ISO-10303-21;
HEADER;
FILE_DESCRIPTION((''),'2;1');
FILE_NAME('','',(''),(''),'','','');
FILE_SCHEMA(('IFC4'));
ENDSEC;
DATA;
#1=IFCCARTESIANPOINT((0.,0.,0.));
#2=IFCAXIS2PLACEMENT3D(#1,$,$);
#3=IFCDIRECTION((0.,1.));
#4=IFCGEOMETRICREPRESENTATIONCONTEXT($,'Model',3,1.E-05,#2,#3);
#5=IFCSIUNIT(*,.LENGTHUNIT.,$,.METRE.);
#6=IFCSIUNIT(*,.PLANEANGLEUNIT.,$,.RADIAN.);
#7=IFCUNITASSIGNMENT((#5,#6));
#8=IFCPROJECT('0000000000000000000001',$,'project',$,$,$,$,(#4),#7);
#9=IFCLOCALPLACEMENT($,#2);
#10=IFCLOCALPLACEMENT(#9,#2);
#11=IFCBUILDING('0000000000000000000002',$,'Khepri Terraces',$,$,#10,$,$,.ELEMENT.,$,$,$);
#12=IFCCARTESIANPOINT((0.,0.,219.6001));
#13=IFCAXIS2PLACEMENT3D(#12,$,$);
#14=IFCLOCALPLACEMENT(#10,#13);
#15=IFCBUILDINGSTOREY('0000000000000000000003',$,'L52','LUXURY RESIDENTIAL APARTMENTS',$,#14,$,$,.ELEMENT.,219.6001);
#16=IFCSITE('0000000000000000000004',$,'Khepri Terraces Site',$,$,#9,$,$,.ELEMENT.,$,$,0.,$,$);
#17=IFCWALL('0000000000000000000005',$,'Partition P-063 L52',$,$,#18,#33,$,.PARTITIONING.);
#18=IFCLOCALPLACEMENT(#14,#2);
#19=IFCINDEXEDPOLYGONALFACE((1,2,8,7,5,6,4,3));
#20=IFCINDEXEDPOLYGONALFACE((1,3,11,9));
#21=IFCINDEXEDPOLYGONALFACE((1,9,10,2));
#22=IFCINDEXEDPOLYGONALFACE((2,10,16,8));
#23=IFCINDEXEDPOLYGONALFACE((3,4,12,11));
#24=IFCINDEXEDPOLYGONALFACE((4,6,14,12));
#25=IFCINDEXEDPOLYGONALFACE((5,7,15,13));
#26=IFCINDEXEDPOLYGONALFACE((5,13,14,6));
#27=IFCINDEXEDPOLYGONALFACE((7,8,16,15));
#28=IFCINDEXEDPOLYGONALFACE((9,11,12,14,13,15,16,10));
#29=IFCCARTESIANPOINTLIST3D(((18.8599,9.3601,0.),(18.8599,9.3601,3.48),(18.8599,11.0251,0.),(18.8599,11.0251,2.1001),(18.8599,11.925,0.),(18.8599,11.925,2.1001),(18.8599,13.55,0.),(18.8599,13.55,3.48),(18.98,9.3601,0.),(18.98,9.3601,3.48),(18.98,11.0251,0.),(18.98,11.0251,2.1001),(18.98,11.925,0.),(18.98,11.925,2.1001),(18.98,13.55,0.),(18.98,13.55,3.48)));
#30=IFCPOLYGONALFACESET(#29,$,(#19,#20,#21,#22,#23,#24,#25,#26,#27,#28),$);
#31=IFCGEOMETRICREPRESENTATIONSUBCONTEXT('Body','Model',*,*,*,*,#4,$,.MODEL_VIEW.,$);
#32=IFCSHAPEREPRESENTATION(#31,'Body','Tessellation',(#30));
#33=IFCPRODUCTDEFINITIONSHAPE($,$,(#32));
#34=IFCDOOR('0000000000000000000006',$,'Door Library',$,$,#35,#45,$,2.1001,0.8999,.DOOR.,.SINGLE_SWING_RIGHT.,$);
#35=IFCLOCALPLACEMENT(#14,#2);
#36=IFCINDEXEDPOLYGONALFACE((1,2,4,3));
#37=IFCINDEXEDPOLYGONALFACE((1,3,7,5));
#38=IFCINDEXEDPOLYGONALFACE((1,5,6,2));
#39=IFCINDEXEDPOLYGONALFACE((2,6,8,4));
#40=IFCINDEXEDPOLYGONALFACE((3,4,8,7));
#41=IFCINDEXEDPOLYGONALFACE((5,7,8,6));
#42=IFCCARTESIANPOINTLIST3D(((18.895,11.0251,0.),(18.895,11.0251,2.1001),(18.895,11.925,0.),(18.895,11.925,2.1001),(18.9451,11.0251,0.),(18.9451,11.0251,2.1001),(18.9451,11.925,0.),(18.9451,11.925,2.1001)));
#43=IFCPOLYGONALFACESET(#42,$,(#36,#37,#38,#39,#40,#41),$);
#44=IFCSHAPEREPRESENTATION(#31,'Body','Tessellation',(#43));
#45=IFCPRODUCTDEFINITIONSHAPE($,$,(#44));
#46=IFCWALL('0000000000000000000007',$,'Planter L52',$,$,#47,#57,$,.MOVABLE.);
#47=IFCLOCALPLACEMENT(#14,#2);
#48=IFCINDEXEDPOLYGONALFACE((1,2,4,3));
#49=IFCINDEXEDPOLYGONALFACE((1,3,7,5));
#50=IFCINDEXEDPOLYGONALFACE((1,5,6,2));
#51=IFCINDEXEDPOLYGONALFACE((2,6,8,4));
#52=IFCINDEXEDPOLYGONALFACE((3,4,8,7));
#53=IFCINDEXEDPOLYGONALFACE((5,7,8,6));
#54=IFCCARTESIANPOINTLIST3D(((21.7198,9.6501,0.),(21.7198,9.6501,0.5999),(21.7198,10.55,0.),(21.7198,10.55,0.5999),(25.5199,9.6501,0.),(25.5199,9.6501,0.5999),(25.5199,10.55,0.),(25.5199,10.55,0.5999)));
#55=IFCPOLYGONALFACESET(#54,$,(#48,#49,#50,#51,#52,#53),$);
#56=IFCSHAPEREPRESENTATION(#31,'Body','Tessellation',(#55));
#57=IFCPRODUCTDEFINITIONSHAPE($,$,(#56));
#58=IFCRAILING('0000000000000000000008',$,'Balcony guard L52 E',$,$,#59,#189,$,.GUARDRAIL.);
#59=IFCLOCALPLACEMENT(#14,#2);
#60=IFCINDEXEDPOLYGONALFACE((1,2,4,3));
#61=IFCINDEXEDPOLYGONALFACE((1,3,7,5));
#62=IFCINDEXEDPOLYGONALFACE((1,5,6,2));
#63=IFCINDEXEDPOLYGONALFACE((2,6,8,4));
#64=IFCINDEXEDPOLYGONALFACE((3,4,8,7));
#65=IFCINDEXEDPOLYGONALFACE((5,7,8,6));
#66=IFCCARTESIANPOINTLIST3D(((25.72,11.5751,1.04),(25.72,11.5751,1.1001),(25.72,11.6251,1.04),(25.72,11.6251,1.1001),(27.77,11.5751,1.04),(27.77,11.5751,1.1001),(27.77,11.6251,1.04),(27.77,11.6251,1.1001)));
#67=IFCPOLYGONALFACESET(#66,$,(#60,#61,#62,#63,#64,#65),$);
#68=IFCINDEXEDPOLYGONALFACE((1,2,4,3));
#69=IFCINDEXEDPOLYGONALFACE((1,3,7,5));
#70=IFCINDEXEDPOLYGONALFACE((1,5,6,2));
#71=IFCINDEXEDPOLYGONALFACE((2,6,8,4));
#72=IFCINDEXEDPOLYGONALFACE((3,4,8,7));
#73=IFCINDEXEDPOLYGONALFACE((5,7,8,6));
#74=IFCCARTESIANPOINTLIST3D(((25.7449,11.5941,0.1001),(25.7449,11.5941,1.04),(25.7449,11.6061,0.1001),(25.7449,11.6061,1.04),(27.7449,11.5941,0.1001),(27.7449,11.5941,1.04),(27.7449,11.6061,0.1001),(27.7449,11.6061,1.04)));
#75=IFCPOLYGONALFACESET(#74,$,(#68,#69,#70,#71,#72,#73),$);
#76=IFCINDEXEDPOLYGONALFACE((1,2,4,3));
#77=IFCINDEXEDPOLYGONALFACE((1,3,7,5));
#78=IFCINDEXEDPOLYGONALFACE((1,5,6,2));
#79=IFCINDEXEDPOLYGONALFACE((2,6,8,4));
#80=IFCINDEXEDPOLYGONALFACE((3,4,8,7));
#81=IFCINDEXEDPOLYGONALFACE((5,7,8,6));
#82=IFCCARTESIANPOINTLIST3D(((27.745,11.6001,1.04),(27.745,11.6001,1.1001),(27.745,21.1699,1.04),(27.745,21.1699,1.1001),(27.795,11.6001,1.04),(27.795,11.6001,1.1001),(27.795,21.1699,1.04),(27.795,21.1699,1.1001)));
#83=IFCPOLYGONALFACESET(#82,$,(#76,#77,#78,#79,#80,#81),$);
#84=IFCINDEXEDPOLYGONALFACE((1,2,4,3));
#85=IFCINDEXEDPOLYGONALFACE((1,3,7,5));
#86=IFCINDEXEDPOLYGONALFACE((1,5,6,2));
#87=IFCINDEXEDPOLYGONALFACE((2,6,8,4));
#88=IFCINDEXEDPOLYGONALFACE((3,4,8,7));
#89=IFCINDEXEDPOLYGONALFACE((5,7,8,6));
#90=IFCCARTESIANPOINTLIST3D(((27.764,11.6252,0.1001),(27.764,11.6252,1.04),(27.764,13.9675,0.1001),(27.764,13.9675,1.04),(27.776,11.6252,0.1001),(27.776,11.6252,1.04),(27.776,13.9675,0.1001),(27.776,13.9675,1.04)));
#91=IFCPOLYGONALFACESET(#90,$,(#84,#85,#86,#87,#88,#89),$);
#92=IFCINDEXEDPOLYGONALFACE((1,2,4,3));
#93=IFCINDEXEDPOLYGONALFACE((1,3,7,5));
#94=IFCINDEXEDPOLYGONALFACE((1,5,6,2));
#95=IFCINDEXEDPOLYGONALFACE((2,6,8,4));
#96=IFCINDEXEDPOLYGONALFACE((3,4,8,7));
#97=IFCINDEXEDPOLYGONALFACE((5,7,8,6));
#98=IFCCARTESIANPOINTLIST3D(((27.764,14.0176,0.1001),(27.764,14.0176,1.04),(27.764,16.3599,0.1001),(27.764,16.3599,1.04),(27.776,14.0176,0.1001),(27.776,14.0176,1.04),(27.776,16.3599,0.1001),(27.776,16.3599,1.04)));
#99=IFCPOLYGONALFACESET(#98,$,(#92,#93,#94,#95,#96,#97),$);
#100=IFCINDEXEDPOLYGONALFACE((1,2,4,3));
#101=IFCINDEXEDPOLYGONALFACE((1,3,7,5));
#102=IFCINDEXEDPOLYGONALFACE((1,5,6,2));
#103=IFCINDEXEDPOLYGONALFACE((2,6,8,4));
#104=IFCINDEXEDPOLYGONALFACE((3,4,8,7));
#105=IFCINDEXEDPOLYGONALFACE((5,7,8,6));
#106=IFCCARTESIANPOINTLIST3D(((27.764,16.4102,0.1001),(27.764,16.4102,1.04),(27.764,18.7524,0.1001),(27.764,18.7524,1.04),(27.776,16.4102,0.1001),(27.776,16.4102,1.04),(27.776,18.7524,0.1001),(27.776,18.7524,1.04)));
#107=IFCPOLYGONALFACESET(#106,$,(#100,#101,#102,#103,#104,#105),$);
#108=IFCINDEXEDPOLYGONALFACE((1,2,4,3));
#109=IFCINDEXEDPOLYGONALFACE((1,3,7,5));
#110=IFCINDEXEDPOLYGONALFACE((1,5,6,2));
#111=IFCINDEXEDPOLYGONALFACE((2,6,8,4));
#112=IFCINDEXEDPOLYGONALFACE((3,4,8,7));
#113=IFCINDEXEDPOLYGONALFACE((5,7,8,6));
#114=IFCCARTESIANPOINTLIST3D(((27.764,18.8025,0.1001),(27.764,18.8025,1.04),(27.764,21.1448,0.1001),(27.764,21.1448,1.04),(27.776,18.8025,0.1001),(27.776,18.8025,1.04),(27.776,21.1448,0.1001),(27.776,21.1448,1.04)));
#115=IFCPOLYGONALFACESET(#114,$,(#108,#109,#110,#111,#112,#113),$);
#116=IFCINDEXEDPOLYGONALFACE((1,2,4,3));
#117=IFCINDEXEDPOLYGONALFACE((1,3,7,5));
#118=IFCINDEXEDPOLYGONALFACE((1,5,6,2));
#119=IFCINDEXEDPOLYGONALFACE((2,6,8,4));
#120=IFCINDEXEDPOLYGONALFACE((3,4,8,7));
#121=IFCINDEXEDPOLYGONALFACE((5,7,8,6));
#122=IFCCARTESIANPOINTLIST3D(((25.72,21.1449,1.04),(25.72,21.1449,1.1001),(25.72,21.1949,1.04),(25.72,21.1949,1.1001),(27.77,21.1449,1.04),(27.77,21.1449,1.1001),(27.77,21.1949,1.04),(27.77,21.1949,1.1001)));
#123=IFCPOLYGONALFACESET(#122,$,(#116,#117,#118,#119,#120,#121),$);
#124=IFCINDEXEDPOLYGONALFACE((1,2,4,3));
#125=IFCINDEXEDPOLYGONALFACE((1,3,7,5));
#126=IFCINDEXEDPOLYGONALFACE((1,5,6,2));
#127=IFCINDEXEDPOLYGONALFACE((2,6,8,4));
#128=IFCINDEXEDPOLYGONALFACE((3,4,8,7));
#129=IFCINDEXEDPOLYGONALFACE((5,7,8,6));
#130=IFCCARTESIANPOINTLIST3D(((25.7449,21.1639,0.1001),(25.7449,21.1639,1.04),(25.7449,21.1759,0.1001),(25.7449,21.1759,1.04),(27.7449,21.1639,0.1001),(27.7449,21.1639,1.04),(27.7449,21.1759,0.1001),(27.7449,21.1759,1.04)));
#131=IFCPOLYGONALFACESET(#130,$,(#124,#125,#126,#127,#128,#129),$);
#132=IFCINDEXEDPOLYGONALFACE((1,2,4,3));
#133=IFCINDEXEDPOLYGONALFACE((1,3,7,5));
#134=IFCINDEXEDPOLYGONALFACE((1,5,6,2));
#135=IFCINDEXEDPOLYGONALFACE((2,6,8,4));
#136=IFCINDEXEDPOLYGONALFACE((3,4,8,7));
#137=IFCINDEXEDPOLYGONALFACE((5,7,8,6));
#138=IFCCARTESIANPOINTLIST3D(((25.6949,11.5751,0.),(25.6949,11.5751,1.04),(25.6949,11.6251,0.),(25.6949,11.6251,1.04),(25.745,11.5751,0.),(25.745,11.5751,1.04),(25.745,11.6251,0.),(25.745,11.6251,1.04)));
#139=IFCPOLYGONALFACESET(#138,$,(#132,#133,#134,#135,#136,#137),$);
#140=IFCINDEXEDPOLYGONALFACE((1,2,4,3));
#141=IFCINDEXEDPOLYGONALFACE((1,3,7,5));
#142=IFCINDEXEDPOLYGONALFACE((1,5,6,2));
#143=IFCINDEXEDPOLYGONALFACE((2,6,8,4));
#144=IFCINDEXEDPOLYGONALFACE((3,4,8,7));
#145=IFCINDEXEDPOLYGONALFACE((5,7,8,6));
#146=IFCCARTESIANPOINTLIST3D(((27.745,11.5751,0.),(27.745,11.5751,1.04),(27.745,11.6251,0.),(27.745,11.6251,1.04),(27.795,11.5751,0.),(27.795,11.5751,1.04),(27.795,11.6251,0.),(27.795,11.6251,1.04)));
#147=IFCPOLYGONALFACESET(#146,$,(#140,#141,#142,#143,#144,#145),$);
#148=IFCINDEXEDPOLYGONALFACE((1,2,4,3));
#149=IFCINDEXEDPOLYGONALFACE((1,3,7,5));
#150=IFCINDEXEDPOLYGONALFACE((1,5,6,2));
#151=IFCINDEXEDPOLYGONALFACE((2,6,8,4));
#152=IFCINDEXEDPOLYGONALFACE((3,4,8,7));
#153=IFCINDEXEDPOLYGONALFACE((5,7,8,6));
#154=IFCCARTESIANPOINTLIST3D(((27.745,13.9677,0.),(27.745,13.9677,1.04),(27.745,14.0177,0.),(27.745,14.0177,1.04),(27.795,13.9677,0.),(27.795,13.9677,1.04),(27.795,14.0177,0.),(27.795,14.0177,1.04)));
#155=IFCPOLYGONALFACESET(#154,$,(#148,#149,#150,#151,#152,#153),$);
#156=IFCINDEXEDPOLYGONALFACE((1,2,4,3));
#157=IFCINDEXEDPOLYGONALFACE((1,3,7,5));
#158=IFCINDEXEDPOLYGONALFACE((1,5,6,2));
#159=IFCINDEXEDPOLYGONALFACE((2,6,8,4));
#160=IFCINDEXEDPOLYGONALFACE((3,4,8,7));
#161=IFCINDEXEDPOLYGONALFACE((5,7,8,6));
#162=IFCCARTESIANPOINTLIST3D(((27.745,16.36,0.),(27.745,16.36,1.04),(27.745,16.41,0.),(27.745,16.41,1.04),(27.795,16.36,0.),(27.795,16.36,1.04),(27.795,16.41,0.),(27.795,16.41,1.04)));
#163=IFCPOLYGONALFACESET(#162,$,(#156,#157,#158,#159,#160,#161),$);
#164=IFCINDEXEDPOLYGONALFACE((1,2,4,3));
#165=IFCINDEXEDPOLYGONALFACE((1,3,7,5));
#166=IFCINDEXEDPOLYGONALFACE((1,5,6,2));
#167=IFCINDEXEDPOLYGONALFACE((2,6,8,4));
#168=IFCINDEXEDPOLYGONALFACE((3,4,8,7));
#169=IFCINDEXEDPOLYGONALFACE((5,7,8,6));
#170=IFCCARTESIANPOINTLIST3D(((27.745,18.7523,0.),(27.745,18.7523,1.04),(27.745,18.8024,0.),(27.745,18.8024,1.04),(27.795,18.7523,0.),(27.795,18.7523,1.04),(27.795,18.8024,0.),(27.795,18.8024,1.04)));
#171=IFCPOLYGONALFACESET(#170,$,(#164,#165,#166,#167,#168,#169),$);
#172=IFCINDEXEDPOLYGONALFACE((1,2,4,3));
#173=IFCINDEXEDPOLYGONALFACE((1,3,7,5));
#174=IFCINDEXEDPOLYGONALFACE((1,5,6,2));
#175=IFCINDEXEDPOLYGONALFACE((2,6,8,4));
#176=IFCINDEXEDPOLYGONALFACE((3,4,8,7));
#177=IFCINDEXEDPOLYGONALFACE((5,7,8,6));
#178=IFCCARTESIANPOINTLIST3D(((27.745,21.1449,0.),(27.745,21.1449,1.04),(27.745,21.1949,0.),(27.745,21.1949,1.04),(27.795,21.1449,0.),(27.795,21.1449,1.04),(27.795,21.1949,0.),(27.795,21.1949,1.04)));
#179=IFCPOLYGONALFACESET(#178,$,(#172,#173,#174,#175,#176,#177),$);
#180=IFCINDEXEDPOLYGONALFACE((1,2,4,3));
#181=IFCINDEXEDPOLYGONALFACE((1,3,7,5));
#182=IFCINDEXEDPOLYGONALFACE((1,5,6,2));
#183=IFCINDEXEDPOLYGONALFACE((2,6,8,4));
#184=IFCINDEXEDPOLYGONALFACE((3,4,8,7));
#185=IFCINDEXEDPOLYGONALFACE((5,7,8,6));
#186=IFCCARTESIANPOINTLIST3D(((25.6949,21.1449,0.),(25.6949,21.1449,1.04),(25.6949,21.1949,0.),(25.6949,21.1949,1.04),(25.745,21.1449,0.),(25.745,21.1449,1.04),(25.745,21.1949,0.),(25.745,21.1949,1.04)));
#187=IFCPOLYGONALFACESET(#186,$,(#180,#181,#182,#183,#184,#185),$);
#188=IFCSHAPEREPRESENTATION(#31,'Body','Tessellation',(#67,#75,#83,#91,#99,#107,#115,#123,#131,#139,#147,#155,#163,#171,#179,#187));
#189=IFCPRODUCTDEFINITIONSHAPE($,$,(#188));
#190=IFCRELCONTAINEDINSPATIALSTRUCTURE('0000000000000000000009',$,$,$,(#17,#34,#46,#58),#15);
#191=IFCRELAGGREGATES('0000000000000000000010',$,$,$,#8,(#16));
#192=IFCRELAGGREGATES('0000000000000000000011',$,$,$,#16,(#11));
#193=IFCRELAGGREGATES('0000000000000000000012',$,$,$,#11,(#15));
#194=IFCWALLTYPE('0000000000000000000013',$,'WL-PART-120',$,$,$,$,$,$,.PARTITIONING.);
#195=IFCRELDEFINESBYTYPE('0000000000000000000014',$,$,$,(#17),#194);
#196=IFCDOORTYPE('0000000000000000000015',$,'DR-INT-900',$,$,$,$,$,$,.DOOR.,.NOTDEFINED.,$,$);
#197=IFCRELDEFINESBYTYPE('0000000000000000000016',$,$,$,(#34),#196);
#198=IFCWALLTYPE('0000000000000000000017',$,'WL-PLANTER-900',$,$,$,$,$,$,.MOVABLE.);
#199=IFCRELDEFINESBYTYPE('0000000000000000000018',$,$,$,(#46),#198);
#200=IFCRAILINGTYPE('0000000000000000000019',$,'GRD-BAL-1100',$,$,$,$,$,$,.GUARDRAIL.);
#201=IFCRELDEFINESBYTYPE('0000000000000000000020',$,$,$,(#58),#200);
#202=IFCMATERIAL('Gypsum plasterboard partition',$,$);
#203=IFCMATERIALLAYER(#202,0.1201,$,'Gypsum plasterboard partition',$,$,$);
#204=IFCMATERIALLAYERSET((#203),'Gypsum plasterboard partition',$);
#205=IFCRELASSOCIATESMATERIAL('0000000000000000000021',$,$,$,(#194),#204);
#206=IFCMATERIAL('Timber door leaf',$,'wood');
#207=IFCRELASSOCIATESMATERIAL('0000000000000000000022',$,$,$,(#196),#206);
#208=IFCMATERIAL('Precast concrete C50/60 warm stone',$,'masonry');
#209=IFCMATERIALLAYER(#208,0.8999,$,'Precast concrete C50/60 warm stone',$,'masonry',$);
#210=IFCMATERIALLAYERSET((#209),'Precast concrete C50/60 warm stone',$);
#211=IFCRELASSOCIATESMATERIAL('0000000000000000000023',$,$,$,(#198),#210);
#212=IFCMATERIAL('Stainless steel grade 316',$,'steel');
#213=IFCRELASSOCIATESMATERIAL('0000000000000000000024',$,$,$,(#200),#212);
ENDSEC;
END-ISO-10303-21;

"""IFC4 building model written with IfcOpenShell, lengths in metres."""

from ifc_helpers import new_model, si_unit, direction, frame, frame_2d, origin, origin_2d, place, context, subcontext, project, spatial, rectangle, extrude, material, layer, layer_set, type_object, element, fill, save


model = new_model("IFC4")

# Units and contexts
model_context = context("Model", 3, precision=1e-05, world=origin(), true_north=direction((0.0, 1.0)))
body_context = subcontext(model_context, "Body", "Model", "MODEL_VIEW")
ifc_project = project(units=[si_unit("LENGTHUNIT", "METRE"), si_unit("PLANEANGLEUNIT", "RADIAN")], contexts=[model_context])

# Site, building, storey
site_placement = place(None, origin())
site = spatial("IfcSite", under=ifc_project, at=site_placement, Name="Khepri Terraces Site", CompositionType="ELEMENT", RefElevation=0.0)
building_placement = place(site_placement, origin())
building = spatial("IfcBuilding", under=site, at=building_placement, Name="Khepri Terraces", CompositionType="ELEMENT")
storey_placement = place(building_placement, frame((0.0, 0.0, 219.6001)))
storey = spatial("IfcBuildingStorey", under=building, at=storey_placement, Name="L52", Description="LUXURY RESIDENTIAL APARTMENTS", CompositionType="ELEMENT", Elevation=219.6001)

# Shared definitions
ifc_material_1 = material(Name="Precast concrete C50/60 warm stone", Category="masonry")

# Shared definitions
ifc_material_2 = material(Name="Gypsum plasterboard partition")
ifc_layer_1 = layer(ifc_material_2, 0.1201, Name="Gypsum plasterboard partition")
ifc_layer_set_1 = layer_set([ifc_layer_1], Name="Gypsum plasterboard partition")
wall_type_1 = type_object("IfcWallType", Name="WL-PART-120", PredefinedType="PARTITIONING", material=ifc_layer_set_1)

# Shared definitions
ifc_material_3 = material(Name="Timber door leaf", Category="wood")
door_type_1 = type_object("IfcDoorType", Name="DR-INT-900", OperationType="NOTDEFINED", PredefinedType="DOOR", material=ifc_material_3)

# Wall, opening, door
wall_1_placement = place(storey_placement, frame((18.9199, 9.3601, 0.0), z_axis=(0.0, 0.0, 1.0), x_axis=(0.0, 1.0, 0.0)))
wall_1 = element("IfcWall", 1, at=wall_1_placement, inside=storey, type_object=wall_type_1, Name="Partition P-063 L52", PredefinedType="PARTITIONING", context=body_context, shape_type="SweptSolid", body=[
    extrude(rectangle(XDim=4.1899, YDim=0.1201, at=frame_2d((2.095, 0.0))), origin(), (0.0, 0.0, 1.0), 3.48),
])
opening_1_placement = place(wall_1_placement, frame((1.665, 0.0, 0.0)))
opening_1 = element("IfcOpeningElement", 2, at=opening_1_placement, cuts=wall_1, PredefinedType="OPENING", context=body_context, shape_type="SweptSolid", body=[
    extrude(rectangle(XDim=0.8999, YDim=2.1001, at=frame_2d((0.45, 1.05))), frame((0.0, 0.0701, 0.0), z_axis=(0.0, -1.0, 0.0), x_axis=(1.0, 0.0, 0.0)), (0.0, 0.0, 1.0), 0.1401),
])
door_1_placement = place(opening_1_placement, origin())
door_1 = element("IfcDoor", 3, at=door_1_placement, inside=storey, type_object=door_type_1, Name="Door Library", OperationType="SINGLE_SWING_RIGHT", OverallHeight=2.1001, OverallWidth=0.8999, PredefinedType="DOOR", context=body_context, shape_type="SweptSolid", body=[
    extrude(rectangle(XDim=0.8999, YDim=2.1001, at=frame_2d((0.45, 1.05))), frame((0.0, 0.0249, 0.0), z_axis=(0.0, -1.0, 0.0), x_axis=(1.0, 0.0, 0.0)), (0.0, 0.0, 1.0), 0.05),
])
fill(opening_1, door_1)

# Wall
ifc_layer_2 = layer(ifc_material_1, 0.8999, Name="Precast concrete C50/60 warm stone", Category="masonry")
ifc_layer_set_2 = layer_set([ifc_layer_2], Name="Precast concrete C50/60 warm stone")
wall_type_2 = type_object("IfcWallType", Name="WL-PLANTER-900", PredefinedType="MOVABLE", material=ifc_layer_set_2)
wall_2_placement = place(storey_placement, frame((21.72, 10.1001, 0.0), z_axis=(0.0, 0.0, 1.0), x_axis=(1.0, 0.0, 0.0)))
element("IfcWall", 4, at=wall_2_placement, inside=storey, type_object=wall_type_2, Name="Planter L52", PredefinedType="MOVABLE", context=body_context, shape_type="SweptSolid", body=[
    extrude(rectangle(XDim=3.8, YDim=0.8999, at=frame_2d((1.8999, 0.0))), origin(), (0.0, 0.0, 1.0), 0.5999),
])

# Railing
ifc_material_4 = material(Name="Stainless steel grade 316", Category="steel")
railing_type_1 = type_object("IfcRailingType", Name="GRD-BAL-1100", PredefinedType="GUARDRAIL", material=ifc_material_4)
railing_1_placement = place(storey_placement, frame((25.72, 11.6001, 0.0)))
element("IfcRailing", 5, at=railing_1_placement, inside=storey, type_object=railing_type_1, Name="Balcony guard L52 E", PredefinedType="GUARDRAIL", context=body_context, shape_type="SweptSolid", body=[
    extrude(rectangle(XDim=0.05, YDim=0.0601, at=origin_2d()), frame((0.0, 0.0, 1.0701), z_axis=(1.0, 0.0, 0.0), x_axis=(0.0, 1.0, 0.0)), (0.0, 0.0, 1.0), 2.05),
    extrude(rectangle(XDim=2.0, YDim=0.012, at=origin_2d()), frame((1.0249, 0.0, 0.1001), z_axis=(0.0, 0.0, 1.0), x_axis=(1.0, 0.0, 0.0)), (0.0, 0.0, 1.0), 0.9399),
    extrude(rectangle(XDim=0.05, YDim=0.0601, at=origin_2d()), frame((2.05, 0.0, 1.0701), z_axis=(0.0, 1.0, 0.0), x_axis=(-1.0, 0.0, 0.0)), (0.0, 0.0, 1.0), 9.5698),
    extrude(rectangle(XDim=2.3423, YDim=0.012, at=origin_2d()), frame((2.05, 1.1963, 0.1001), z_axis=(0.0, 0.0, 1.0), x_axis=(0.0, 1.0, 0.0)), (0.0, 0.0, 1.0), 0.9399),
    extrude(rectangle(XDim=2.3423, YDim=0.012, at=origin_2d()), frame((2.05, 3.5886, 0.1001), z_axis=(0.0, 0.0, 1.0), x_axis=(0.0, 1.0, 0.0)), (0.0, 0.0, 1.0), 0.9399),
    extrude(rectangle(XDim=2.3423, YDim=0.012, at=origin_2d()), frame((2.05, 5.9812, 0.1001), z_axis=(0.0, 0.0, 1.0), x_axis=(0.0, 1.0, 0.0)), (0.0, 0.0, 1.0), 0.9399),
    extrude(rectangle(XDim=2.3423, YDim=0.012, at=origin_2d()), frame((2.05, 8.3735, 0.1001), z_axis=(0.0, 0.0, 1.0), x_axis=(0.0, 1.0, 0.0)), (0.0, 0.0, 1.0), 0.9399),
    extrude(rectangle(XDim=0.05, YDim=0.0601, at=origin_2d()), frame((2.05, 9.5698, 1.0701), z_axis=(-1.0, 0.0, 0.0), x_axis=(0.0, -1.0, 0.0)), (0.0, 0.0, 1.0), 2.05),
    extrude(rectangle(XDim=2.0, YDim=0.012, at=origin_2d()), frame((1.0249, 9.5698, 0.1001), z_axis=(0.0, 0.0, 1.0), x_axis=(-1.0, 0.0, 0.0)), (0.0, 0.0, 1.0), 0.9399),
    extrude(rectangle(XDim=0.05, YDim=0.05, at=origin_2d()), origin(), (0.0, 0.0, 1.0), 1.04),
    extrude(rectangle(XDim=0.05, YDim=0.05, at=origin_2d()), frame((2.05, 0.0, 0.0)), (0.0, 0.0, 1.0), 1.04),
    extrude(rectangle(XDim=0.05, YDim=0.05, at=origin_2d()), frame((2.05, 2.3926, 0.0)), (0.0, 0.0, 1.0), 1.04),
    extrude(rectangle(XDim=0.05, YDim=0.05, at=origin_2d()), frame((2.05, 4.7849, 0.0)), (0.0, 0.0, 1.0), 1.04),
    extrude(rectangle(XDim=0.05, YDim=0.05, at=origin_2d()), frame((2.05, 7.1772, 0.0)), (0.0, 0.0, 1.0), 1.04),
    extrude(rectangle(XDim=0.05, YDim=0.05, at=origin_2d()), frame((2.05, 9.5698, 0.0)), (0.0, 0.0, 1.0), 1.04),
    extrude(rectangle(XDim=0.05, YDim=0.05, at=origin_2d()), frame((0.0, 9.5698, 0.0)), (0.0, 0.0, 1.0), 1.04),
])

save(model, "model.ifc")
